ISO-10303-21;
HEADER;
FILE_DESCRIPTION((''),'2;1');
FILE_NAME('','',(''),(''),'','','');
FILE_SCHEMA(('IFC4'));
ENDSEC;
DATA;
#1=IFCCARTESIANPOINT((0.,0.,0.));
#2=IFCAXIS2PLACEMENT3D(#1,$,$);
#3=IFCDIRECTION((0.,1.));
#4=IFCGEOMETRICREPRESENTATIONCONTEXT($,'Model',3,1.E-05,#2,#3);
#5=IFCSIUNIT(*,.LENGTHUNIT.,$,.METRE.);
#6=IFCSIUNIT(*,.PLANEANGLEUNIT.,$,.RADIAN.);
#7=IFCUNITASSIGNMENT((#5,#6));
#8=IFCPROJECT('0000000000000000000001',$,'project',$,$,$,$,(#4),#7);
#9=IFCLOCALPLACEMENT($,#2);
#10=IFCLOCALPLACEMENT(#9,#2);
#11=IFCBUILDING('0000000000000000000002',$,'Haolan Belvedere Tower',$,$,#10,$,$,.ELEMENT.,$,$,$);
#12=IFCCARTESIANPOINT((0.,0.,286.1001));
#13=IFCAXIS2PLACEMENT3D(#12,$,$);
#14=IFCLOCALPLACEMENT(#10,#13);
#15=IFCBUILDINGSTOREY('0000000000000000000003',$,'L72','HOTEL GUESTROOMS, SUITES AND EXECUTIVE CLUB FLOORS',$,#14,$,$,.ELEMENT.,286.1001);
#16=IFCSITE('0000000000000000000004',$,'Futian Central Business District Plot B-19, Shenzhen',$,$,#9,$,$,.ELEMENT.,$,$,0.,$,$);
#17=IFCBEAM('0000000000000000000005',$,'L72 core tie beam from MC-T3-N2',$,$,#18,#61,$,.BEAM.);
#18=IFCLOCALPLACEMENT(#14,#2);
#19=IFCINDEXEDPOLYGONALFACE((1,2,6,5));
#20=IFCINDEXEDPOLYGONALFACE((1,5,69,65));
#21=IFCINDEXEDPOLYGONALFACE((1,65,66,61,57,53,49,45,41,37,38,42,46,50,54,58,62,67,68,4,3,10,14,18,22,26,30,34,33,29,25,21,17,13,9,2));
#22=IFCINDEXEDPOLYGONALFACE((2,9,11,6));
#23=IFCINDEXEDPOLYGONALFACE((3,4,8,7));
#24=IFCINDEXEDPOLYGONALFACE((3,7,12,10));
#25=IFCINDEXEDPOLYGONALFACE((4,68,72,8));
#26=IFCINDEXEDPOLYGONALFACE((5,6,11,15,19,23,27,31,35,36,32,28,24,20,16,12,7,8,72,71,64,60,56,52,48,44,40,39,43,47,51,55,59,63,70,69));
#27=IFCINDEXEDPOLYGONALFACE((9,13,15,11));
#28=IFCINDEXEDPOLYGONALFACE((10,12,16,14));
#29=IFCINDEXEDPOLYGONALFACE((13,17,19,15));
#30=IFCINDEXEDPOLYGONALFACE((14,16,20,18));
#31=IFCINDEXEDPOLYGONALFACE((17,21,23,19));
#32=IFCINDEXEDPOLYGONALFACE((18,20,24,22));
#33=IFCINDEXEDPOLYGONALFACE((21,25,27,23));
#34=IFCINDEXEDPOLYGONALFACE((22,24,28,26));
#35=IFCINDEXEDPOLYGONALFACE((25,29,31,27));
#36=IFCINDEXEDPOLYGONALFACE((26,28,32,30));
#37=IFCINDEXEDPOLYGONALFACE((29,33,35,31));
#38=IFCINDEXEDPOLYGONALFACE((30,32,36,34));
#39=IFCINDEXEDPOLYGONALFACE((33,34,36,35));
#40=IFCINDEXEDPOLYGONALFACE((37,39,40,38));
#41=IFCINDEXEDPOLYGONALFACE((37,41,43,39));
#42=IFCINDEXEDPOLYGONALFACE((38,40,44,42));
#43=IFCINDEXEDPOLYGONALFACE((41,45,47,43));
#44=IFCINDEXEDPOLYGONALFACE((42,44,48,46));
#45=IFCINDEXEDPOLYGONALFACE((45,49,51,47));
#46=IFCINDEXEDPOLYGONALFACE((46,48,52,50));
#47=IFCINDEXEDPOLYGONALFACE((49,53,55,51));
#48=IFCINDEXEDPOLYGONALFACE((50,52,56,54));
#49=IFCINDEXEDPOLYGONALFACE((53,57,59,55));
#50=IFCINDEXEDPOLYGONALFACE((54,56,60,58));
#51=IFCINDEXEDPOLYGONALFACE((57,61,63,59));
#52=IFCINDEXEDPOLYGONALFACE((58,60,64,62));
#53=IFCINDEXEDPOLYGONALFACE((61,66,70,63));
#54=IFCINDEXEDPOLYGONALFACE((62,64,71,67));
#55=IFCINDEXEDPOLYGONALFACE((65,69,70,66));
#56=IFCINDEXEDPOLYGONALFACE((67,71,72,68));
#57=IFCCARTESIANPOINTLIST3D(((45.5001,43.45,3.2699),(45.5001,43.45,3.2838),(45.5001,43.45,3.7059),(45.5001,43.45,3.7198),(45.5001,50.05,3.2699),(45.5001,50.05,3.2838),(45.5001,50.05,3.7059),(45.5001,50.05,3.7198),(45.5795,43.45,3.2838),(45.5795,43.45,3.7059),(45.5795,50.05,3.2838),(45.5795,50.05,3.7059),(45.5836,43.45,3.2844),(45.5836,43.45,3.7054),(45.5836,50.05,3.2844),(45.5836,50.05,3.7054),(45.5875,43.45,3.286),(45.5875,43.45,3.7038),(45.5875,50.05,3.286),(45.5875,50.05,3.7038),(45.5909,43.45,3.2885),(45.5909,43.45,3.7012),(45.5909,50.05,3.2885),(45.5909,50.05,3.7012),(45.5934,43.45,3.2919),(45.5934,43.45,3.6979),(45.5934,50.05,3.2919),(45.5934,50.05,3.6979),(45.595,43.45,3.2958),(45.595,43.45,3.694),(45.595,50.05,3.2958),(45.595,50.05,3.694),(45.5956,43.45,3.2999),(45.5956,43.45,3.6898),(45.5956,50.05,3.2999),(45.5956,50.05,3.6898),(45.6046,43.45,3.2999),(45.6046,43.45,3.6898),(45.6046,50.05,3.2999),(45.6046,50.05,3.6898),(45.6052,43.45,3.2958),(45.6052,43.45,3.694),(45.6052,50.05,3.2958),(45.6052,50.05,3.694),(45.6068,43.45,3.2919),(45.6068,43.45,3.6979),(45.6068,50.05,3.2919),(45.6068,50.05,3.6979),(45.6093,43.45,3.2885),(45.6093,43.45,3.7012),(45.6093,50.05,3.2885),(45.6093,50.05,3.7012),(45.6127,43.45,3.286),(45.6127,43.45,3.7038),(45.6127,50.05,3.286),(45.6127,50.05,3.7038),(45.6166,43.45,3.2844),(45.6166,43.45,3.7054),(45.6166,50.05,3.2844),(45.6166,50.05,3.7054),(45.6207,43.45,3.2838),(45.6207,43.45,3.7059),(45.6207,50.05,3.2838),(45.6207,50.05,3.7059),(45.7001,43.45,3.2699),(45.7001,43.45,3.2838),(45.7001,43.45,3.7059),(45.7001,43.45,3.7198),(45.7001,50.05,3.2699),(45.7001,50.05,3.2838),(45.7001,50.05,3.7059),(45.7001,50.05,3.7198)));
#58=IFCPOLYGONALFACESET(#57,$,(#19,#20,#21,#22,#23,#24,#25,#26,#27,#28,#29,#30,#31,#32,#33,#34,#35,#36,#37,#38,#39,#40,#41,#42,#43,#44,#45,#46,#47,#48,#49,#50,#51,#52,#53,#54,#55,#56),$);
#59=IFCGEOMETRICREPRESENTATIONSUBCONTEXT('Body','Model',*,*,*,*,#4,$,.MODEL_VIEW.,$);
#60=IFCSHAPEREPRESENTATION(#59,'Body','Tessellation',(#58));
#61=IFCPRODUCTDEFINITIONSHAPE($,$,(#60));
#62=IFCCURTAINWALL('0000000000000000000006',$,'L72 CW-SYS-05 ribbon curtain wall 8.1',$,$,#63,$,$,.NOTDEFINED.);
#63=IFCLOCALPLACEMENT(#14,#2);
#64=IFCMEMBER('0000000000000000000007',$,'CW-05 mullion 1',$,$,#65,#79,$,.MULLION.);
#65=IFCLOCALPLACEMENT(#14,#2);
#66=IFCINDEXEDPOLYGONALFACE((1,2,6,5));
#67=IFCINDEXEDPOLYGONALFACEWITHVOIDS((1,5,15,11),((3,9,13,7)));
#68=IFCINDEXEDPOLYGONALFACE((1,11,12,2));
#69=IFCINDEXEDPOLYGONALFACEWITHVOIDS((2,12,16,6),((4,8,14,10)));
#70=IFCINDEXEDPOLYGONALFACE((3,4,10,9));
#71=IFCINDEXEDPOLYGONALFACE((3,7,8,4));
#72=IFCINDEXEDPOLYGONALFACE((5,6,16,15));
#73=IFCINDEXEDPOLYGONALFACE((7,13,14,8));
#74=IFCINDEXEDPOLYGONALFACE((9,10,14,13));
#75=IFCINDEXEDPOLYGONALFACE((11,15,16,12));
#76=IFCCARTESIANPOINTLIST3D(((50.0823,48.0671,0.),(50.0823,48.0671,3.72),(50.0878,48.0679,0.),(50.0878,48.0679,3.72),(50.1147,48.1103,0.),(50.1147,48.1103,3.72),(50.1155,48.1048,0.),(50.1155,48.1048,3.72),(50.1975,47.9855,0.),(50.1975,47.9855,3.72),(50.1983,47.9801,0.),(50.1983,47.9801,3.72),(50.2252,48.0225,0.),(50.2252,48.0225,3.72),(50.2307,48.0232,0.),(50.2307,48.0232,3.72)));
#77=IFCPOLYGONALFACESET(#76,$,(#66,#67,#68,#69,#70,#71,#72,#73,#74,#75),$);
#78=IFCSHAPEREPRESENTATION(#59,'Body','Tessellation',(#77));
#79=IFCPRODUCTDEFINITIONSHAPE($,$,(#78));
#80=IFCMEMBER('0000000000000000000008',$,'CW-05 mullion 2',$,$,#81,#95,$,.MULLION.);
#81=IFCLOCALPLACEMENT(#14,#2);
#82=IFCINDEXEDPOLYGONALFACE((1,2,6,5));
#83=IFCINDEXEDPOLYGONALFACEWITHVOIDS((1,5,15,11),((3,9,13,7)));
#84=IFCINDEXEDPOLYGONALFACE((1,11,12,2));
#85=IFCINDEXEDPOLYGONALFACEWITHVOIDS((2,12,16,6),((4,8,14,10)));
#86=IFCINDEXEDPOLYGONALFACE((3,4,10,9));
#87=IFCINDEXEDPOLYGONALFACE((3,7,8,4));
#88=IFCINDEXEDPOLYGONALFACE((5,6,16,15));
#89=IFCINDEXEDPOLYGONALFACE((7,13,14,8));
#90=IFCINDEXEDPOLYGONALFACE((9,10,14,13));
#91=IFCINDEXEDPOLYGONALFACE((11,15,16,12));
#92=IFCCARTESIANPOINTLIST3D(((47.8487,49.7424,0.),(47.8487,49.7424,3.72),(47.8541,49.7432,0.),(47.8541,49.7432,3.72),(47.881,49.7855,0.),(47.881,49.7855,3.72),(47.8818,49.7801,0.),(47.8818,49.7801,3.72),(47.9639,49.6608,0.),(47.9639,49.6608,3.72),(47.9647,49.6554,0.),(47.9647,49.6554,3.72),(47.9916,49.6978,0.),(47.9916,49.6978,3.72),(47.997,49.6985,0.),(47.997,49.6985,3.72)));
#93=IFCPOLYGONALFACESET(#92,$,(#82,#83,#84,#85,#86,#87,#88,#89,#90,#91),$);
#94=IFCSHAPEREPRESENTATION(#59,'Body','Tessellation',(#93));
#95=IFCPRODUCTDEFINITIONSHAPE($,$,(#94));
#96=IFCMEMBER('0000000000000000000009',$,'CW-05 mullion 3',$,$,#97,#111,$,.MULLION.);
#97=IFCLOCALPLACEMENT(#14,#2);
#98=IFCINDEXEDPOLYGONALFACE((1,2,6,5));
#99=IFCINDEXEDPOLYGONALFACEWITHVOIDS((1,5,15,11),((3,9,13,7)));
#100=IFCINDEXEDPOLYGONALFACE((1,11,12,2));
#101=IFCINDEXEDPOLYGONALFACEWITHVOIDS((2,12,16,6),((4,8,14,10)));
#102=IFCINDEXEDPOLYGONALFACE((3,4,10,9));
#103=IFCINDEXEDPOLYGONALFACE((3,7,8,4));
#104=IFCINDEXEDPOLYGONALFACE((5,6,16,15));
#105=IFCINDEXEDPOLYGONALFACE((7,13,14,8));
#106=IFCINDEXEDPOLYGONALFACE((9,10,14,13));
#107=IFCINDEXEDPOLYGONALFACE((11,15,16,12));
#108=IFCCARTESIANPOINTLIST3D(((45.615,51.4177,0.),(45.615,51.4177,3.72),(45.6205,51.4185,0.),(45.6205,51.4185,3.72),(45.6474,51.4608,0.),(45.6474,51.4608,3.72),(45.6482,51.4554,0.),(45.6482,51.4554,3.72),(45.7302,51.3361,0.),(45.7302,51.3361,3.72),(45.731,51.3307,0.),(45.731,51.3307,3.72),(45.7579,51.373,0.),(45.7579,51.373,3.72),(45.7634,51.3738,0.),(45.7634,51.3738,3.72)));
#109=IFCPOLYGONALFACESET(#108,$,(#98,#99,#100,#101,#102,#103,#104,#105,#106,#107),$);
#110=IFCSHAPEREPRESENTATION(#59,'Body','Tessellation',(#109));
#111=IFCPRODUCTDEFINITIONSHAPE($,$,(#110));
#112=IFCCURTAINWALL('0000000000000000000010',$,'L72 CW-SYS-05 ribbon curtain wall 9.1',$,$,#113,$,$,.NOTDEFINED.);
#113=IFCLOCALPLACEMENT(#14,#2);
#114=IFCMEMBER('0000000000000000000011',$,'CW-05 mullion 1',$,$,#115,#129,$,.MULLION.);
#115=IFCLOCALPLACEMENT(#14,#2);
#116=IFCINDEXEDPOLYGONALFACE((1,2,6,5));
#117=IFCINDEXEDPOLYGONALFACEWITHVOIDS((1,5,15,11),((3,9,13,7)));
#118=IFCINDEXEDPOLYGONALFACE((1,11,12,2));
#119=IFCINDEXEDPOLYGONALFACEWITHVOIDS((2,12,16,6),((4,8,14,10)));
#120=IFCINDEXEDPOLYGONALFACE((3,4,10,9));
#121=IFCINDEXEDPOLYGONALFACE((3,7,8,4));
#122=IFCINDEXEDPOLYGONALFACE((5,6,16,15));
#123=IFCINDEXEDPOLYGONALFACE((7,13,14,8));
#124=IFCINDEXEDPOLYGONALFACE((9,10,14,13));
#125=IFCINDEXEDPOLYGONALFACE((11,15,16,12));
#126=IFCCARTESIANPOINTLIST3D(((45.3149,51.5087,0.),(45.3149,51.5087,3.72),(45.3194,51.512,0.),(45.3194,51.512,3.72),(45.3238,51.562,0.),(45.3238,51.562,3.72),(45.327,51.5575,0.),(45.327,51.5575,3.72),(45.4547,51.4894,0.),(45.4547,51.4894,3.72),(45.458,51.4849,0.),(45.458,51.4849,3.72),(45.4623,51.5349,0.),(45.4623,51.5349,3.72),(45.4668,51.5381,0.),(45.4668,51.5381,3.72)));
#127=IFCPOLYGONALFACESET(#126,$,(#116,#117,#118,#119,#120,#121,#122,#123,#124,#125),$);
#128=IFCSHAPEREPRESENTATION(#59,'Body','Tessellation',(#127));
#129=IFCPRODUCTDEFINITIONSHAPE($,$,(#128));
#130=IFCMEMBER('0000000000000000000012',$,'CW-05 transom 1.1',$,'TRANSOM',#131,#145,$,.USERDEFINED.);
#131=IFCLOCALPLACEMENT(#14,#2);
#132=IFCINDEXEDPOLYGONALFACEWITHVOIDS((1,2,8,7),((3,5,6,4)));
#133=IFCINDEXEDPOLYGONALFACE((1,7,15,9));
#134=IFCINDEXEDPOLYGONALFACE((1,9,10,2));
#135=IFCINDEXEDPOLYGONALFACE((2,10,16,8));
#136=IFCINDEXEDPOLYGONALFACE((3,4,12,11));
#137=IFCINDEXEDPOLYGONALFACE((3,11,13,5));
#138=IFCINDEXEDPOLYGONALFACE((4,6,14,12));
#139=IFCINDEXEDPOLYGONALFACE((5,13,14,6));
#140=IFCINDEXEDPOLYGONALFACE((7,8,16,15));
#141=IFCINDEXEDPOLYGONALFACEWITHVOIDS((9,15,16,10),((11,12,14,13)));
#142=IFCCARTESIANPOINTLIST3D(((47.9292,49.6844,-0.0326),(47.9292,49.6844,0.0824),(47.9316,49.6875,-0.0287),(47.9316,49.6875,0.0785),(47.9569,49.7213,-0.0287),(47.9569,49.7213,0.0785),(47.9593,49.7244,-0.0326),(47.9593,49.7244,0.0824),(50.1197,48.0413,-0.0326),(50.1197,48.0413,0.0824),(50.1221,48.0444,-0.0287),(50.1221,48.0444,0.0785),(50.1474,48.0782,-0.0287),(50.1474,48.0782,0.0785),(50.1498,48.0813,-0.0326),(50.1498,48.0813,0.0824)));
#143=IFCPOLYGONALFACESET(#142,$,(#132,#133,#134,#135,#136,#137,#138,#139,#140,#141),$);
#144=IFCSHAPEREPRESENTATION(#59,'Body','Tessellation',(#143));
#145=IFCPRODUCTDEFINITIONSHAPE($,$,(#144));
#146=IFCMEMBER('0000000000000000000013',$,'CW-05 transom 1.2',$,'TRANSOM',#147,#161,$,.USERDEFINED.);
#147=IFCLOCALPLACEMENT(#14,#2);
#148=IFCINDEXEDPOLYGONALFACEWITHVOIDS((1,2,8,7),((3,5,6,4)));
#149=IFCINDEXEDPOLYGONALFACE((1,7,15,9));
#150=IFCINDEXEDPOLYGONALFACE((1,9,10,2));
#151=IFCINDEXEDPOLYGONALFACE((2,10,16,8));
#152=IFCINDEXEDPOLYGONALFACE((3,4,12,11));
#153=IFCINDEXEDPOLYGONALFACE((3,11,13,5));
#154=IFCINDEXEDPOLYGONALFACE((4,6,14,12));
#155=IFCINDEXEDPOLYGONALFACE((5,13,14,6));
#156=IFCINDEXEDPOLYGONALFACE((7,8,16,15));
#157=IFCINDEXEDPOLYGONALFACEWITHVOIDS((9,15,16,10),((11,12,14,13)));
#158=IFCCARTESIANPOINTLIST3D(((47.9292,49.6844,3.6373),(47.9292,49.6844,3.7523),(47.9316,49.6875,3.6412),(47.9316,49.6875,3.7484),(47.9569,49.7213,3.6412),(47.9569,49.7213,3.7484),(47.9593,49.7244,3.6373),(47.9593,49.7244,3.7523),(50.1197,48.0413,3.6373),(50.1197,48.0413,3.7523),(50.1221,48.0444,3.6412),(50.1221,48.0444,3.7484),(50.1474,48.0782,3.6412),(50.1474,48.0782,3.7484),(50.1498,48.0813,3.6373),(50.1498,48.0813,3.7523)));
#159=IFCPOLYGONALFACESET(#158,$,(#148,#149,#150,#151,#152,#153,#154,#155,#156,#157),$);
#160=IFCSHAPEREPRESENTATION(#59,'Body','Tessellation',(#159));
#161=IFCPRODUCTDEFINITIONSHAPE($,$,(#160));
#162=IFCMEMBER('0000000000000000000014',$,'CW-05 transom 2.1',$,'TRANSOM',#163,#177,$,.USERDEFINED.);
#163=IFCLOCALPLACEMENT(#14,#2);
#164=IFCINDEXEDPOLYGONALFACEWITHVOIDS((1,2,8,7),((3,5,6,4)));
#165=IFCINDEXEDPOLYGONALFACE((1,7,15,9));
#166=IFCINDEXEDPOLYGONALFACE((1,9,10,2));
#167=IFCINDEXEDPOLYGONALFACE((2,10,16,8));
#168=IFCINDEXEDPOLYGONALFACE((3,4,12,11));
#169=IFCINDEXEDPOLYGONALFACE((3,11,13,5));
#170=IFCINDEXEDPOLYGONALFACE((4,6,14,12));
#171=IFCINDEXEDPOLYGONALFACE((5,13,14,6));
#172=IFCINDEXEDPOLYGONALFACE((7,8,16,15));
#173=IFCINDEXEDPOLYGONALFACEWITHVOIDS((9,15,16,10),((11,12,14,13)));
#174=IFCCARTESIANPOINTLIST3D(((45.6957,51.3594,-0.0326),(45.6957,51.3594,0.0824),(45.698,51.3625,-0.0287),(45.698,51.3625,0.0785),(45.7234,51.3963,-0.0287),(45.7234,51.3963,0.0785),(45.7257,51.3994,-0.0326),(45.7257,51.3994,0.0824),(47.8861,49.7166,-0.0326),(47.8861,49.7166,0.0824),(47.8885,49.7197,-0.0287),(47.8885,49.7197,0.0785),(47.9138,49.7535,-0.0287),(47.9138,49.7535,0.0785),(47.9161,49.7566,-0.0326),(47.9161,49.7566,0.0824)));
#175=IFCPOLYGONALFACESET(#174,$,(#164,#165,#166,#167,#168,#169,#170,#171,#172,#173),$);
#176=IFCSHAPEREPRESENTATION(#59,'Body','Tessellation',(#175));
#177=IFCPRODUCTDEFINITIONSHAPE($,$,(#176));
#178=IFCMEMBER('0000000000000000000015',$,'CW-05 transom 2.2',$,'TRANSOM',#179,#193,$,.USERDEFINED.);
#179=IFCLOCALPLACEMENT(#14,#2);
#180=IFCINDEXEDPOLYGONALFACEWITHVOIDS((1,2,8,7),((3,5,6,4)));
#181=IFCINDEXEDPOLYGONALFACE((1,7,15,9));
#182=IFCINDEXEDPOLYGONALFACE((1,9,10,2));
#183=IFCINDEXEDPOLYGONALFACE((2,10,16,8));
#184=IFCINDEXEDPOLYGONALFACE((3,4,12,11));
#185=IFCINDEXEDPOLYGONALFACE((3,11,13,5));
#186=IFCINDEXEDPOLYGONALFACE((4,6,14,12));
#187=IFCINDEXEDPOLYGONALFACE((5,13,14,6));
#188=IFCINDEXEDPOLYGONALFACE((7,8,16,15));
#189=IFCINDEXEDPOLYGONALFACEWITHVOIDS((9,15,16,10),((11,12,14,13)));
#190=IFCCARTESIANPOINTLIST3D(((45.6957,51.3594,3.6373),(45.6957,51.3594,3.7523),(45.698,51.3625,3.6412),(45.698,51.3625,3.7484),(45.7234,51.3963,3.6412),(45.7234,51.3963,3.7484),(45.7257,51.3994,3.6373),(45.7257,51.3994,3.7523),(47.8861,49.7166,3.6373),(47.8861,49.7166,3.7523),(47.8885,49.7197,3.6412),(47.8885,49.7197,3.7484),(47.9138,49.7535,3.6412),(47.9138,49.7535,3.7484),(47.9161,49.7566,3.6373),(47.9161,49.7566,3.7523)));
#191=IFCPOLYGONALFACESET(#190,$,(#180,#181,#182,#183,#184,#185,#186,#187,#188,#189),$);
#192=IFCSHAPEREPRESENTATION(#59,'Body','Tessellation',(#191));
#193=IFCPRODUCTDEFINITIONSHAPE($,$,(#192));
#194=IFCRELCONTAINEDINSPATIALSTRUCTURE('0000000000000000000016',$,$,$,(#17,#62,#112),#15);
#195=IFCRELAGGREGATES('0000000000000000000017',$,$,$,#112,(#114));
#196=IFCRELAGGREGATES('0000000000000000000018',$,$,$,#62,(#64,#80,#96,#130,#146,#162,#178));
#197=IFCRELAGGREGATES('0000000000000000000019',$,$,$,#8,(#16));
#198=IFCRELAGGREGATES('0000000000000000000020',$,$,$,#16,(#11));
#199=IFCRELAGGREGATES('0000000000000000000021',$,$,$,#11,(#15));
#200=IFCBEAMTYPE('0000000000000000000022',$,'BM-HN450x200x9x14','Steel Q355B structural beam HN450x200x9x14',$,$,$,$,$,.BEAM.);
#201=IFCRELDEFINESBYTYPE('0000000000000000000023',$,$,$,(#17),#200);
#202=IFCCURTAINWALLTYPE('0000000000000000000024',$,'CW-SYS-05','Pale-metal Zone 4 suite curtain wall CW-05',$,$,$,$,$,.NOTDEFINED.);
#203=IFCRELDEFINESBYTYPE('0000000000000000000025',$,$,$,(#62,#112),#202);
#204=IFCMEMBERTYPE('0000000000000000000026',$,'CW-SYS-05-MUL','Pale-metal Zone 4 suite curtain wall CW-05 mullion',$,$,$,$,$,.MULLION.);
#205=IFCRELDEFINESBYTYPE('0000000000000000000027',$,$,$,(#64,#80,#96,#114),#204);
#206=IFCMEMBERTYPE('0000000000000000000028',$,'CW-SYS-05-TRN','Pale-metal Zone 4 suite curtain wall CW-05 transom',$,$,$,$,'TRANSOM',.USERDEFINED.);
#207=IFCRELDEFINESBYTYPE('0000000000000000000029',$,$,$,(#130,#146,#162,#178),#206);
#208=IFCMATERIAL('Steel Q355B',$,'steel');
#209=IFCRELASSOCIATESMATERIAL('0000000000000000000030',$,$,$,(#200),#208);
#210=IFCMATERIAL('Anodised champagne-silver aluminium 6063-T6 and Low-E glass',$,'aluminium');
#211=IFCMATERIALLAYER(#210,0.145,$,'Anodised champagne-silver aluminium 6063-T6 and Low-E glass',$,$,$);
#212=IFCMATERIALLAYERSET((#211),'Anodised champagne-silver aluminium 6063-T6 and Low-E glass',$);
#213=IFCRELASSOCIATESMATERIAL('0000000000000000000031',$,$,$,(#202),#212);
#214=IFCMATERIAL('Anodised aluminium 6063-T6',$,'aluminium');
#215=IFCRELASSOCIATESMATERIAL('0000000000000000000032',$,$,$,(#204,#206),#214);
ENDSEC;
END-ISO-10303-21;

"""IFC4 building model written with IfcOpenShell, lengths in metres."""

from ifc_helpers import new_model, si_unit, direction, frame, origin, origin_2d, place, context, subcontext, project, spatial, hollow_rectangle, i_section, extrude, material, layer, layer_set, material_profile, profile_set, type_object, element, aggregate, save


model = new_model("IFC4")

# Units and contexts
model_context = context("Model", 3, precision=1e-05, world=origin(), true_north=direction((0.0, 1.0)))
body_context = subcontext(model_context, "Body", "Model", "MODEL_VIEW")
ifc_project = project(units=[si_unit("LENGTHUNIT", "METRE"), si_unit("PLANEANGLEUNIT", "RADIAN")], contexts=[model_context])

# Site, building, storey
site_placement = place(None, origin())
site = spatial("IfcSite", under=ifc_project, at=site_placement, Name="Futian Central Business District Plot B-19, Shenzhen", CompositionType="ELEMENT", RefElevation=0.0)
building_placement = place(site_placement, origin())
building = spatial("IfcBuilding", under=site, at=building_placement, Name="Haolan Belvedere Tower", CompositionType="ELEMENT")
storey_placement = place(building_placement, frame((0.0, 0.0, 286.1001)))
storey = spatial("IfcBuildingStorey", under=building, at=storey_placement, Name="L72", Description="HOTEL GUESTROOMS, SUITES AND EXECUTIVE CLUB FLOORS", CompositionType="ELEMENT", Elevation=286.1001)

# Beam
ifc_material_1 = material(Name="Steel Q355B", Category="steel")
ifc_material_profile_1 = material_profile(ifc_material_1, i_section(OverallWidth=0.2, OverallDepth=0.45, WebThickness=0.009, FlangeThickness=0.0139, FilletRadius=0.0161, at=origin_2d()), Name="Steel Q355B")
ifc_profile_set_1 = profile_set([ifc_material_profile_1], Name="Steel Q355B")
beam_type_1 = type_object("IfcBeamType", Name="BM-HN450x200x9x14", Description="Steel Q355B structural beam HN450x200x9x14", PredefinedType="BEAM", material=ifc_profile_set_1)
beam_1_placement = place(storey_placement, frame((45.6001, 50.05, 3.4949), z_axis=(0.0, -1.0, 0.0), x_axis=(1.0, 0.0, 0.0)))
element("IfcBeam", 1, at=beam_1_placement, inside=storey, type_object=beam_type_1, Name="L72 core tie beam from MC-T3-N2", PredefinedType="BEAM", context=body_context, shape_type="SweptSolid", body=[
    extrude(i_section(OverallWidth=0.2, OverallDepth=0.45, WebThickness=0.009, FlangeThickness=0.0139, FilletRadius=0.0161, at=origin_2d()), origin(), (0.0, 0.0, 1.0), 6.6001),
])

# Curtain wall, members
ifc_material_2 = material(Name="Anodised champagne-silver aluminium 6063-T6 and Low-E glass", Category="aluminium")
ifc_layer_1 = layer(ifc_material_2, 0.145, Name="Anodised champagne-silver aluminium 6063-T6 and Low-E glass")
ifc_layer_set_1 = layer_set([ifc_layer_1], Name="Anodised champagne-silver aluminium 6063-T6 and Low-E glass")
curtain_wall_type = type_object("IfcCurtainWallType", Name="CW-SYS-05", Description="Pale-metal Zone 4 suite curtain wall CW-05", PredefinedType="NOTDEFINED", material=ifc_layer_set_1)
curtain_wall_1_placement = place(storey_placement, origin())
curtain_wall_1 = element("IfcCurtainWall", 2, at=curtain_wall_1_placement, inside=storey, type_object=curtain_wall_type, Name="L72 CW-SYS-05 ribbon curtain wall 8.1", PredefinedType="NOTDEFINED")
ifc_material_3 = material(Name="Anodised aluminium 6063-T6", Category="aluminium")
ifc_material_profile_2 = material_profile(ifc_material_3, hollow_rectangle(XDim=0.054, YDim=0.145, WallThickness=0.0039, at=origin_2d()), Name="Anodised aluminium 6063-T6")
ifc_profile_set_2 = profile_set([ifc_material_profile_2], Name="Anodised aluminium 6063-T6")
member_type_1 = type_object("IfcMemberType", Name="CW-SYS-05-MUL", Description="Pale-metal Zone 4 suite curtain wall CW-05 mullion", PredefinedType="MULLION", material=ifc_profile_set_2)
member_1_placement = place(storey_placement, frame((50.1565, 48.0452, 0.0), z_axis=(0.0, 0.0, 1.0), x_axis=(-0.600003, -0.799998, 0.0)))
member_1 = element("IfcMember", 3, at=member_1_placement, type_object=member_type_1, Name="CW-05 mullion 1", PredefinedType="MULLION", context=body_context, shape_type="SweptSolid", body=[
    extrude(hollow_rectangle(XDim=0.054, YDim=0.145, WallThickness=0.0039, at=origin_2d()), origin(), (0.0, 0.0, 1.0), 3.72),
])
member_2_placement = place(storey_placement, frame((47.9229, 49.7205, 0.0), z_axis=(0.0, 0.0, 1.0), x_axis=(-0.600003, -0.799998, 0.0)))
member_2 = element("IfcMember", 4, at=member_2_placement, type_object=member_type_1, Name="CW-05 mullion 2", PredefinedType="MULLION", context=body_context, shape_type="SweptSolid", body=[
    extrude(hollow_rectangle(XDim=0.054, YDim=0.145, WallThickness=0.0039, at=origin_2d()), origin(), (0.0, 0.0, 1.0), 3.72),
])
member_3_placement = place(storey_placement, frame((45.6892, 51.3958, 0.0), z_axis=(0.0, 0.0, 1.0), x_axis=(-0.600003, -0.799998, 0.0)))
member_3 = element("IfcMember", 5, at=member_3_placement, type_object=member_type_1, Name="CW-05 mullion 3", PredefinedType="MULLION", context=body_context, shape_type="SweptSolid", body=[
    extrude(hollow_rectangle(XDim=0.054, YDim=0.145, WallThickness=0.0039, at=origin_2d()), origin(), (0.0, 0.0, 1.0), 3.72),
])

# Curtain wall, member
curtain_wall_2_placement = place(storey_placement, origin())
curtain_wall_2 = element("IfcCurtainWall", 6, at=curtain_wall_2_placement, inside=storey, type_object=curtain_wall_type, Name="L72 CW-SYS-05 ribbon curtain wall 9.1", PredefinedType="NOTDEFINED")
member_4_placement = place(storey_placement, frame((45.3909, 51.5234, 0.0), z_axis=(0.0, 0.0, 1.0), x_axis=(-0.164406, -0.986393, 0.0)))
member_4 = element("IfcMember", 7, at=member_4_placement, type_object=member_type_1, Name="CW-05 mullion 1", PredefinedType="MULLION", context=body_context, shape_type="SweptSolid", body=[
    extrude(hollow_rectangle(XDim=0.054, YDim=0.145, WallThickness=0.0039, at=origin_2d()), origin(), (0.0, 0.0, 1.0), 3.72),
])
aggregate(curtain_wall_2, [member_4])

# Members
ifc_material_profile_3 = material_profile(ifc_material_3, hollow_rectangle(XDim=0.05, YDim=0.115, WallThickness=0.0039, at=origin_2d()), Name="Anodised aluminium 6063-T6")
ifc_profile_set_3 = profile_set([ifc_material_profile_3], Name="Anodised aluminium 6063-T6")
member_type_2 = type_object("IfcMemberType", Name="CW-SYS-05-TRN", Description="Pale-metal Zone 4 suite curtain wall CW-05 transom", ElementType="TRANSOM", PredefinedType="USERDEFINED", material=ifc_profile_set_3)
member_5_placement = place(storey_placement, frame((50.1348, 48.0613, 0.0249), z_axis=(-0.799957, 0.600057, 0.0), x_axis=(-0.600057, -0.799957, 0.0)))
member_5 = element("IfcMember", 8, at=member_5_placement, type_object=member_type_2, Name="CW-05 transom 1.1", ObjectType="TRANSOM", PredefinedType="USERDEFINED", context=body_context, shape_type="SweptSolid", body=[
    extrude(hollow_rectangle(XDim=0.05, YDim=0.115, WallThickness=0.0039, at=origin_2d()), origin(), (0.0, 0.0, 1.0), 2.7383),
])
member_6_placement = place(storey_placement, frame((50.1348, 48.0613, 3.6948), z_axis=(-0.799957, 0.600057, 0.0), x_axis=(-0.600057, -0.799957, 0.0)))
member_6 = element("IfcMember", 9, at=member_6_placement, type_object=member_type_2, Name="CW-05 transom 1.2", ObjectType="TRANSOM", PredefinedType="USERDEFINED", context=body_context, shape_type="SweptSolid", body=[
    extrude(hollow_rectangle(XDim=0.05, YDim=0.115, WallThickness=0.0039, at=origin_2d()), origin(), (0.0, 0.0, 1.0), 2.7383),
])
member_7_placement = place(storey_placement, frame((47.9011, 49.7366, 0.0249), z_axis=(-0.8, 0.6, 0.0), x_axis=(-0.6, -0.8, 0.0)))
member_7 = element("IfcMember", 10, at=member_7_placement, type_object=member_type_2, Name="CW-05 transom 2.1", ObjectType="TRANSOM", PredefinedType="USERDEFINED", context=body_context, shape_type="SweptSolid", body=[
    extrude(hollow_rectangle(XDim=0.05, YDim=0.115, WallThickness=0.0039, at=origin_2d()), origin(), (0.0, 0.0, 1.0), 2.738),
])
member_8_placement = place(storey_placement, frame((47.9011, 49.7366, 3.6948), z_axis=(-0.8, 0.6, 0.0), x_axis=(-0.6, -0.8, 0.0)))
member_8 = element("IfcMember", 11, at=member_8_placement, type_object=member_type_2, Name="CW-05 transom 2.2", ObjectType="TRANSOM", PredefinedType="USERDEFINED", context=body_context, shape_type="SweptSolid", body=[
    extrude(hollow_rectangle(XDim=0.05, YDim=0.115, WallThickness=0.0039, at=origin_2d()), origin(), (0.0, 0.0, 1.0), 2.738),
])

aggregate(curtain_wall_1, [member_1, member_2, member_3, member_5, member_6, member_7, member_8])

save(model, "model.ifc")
